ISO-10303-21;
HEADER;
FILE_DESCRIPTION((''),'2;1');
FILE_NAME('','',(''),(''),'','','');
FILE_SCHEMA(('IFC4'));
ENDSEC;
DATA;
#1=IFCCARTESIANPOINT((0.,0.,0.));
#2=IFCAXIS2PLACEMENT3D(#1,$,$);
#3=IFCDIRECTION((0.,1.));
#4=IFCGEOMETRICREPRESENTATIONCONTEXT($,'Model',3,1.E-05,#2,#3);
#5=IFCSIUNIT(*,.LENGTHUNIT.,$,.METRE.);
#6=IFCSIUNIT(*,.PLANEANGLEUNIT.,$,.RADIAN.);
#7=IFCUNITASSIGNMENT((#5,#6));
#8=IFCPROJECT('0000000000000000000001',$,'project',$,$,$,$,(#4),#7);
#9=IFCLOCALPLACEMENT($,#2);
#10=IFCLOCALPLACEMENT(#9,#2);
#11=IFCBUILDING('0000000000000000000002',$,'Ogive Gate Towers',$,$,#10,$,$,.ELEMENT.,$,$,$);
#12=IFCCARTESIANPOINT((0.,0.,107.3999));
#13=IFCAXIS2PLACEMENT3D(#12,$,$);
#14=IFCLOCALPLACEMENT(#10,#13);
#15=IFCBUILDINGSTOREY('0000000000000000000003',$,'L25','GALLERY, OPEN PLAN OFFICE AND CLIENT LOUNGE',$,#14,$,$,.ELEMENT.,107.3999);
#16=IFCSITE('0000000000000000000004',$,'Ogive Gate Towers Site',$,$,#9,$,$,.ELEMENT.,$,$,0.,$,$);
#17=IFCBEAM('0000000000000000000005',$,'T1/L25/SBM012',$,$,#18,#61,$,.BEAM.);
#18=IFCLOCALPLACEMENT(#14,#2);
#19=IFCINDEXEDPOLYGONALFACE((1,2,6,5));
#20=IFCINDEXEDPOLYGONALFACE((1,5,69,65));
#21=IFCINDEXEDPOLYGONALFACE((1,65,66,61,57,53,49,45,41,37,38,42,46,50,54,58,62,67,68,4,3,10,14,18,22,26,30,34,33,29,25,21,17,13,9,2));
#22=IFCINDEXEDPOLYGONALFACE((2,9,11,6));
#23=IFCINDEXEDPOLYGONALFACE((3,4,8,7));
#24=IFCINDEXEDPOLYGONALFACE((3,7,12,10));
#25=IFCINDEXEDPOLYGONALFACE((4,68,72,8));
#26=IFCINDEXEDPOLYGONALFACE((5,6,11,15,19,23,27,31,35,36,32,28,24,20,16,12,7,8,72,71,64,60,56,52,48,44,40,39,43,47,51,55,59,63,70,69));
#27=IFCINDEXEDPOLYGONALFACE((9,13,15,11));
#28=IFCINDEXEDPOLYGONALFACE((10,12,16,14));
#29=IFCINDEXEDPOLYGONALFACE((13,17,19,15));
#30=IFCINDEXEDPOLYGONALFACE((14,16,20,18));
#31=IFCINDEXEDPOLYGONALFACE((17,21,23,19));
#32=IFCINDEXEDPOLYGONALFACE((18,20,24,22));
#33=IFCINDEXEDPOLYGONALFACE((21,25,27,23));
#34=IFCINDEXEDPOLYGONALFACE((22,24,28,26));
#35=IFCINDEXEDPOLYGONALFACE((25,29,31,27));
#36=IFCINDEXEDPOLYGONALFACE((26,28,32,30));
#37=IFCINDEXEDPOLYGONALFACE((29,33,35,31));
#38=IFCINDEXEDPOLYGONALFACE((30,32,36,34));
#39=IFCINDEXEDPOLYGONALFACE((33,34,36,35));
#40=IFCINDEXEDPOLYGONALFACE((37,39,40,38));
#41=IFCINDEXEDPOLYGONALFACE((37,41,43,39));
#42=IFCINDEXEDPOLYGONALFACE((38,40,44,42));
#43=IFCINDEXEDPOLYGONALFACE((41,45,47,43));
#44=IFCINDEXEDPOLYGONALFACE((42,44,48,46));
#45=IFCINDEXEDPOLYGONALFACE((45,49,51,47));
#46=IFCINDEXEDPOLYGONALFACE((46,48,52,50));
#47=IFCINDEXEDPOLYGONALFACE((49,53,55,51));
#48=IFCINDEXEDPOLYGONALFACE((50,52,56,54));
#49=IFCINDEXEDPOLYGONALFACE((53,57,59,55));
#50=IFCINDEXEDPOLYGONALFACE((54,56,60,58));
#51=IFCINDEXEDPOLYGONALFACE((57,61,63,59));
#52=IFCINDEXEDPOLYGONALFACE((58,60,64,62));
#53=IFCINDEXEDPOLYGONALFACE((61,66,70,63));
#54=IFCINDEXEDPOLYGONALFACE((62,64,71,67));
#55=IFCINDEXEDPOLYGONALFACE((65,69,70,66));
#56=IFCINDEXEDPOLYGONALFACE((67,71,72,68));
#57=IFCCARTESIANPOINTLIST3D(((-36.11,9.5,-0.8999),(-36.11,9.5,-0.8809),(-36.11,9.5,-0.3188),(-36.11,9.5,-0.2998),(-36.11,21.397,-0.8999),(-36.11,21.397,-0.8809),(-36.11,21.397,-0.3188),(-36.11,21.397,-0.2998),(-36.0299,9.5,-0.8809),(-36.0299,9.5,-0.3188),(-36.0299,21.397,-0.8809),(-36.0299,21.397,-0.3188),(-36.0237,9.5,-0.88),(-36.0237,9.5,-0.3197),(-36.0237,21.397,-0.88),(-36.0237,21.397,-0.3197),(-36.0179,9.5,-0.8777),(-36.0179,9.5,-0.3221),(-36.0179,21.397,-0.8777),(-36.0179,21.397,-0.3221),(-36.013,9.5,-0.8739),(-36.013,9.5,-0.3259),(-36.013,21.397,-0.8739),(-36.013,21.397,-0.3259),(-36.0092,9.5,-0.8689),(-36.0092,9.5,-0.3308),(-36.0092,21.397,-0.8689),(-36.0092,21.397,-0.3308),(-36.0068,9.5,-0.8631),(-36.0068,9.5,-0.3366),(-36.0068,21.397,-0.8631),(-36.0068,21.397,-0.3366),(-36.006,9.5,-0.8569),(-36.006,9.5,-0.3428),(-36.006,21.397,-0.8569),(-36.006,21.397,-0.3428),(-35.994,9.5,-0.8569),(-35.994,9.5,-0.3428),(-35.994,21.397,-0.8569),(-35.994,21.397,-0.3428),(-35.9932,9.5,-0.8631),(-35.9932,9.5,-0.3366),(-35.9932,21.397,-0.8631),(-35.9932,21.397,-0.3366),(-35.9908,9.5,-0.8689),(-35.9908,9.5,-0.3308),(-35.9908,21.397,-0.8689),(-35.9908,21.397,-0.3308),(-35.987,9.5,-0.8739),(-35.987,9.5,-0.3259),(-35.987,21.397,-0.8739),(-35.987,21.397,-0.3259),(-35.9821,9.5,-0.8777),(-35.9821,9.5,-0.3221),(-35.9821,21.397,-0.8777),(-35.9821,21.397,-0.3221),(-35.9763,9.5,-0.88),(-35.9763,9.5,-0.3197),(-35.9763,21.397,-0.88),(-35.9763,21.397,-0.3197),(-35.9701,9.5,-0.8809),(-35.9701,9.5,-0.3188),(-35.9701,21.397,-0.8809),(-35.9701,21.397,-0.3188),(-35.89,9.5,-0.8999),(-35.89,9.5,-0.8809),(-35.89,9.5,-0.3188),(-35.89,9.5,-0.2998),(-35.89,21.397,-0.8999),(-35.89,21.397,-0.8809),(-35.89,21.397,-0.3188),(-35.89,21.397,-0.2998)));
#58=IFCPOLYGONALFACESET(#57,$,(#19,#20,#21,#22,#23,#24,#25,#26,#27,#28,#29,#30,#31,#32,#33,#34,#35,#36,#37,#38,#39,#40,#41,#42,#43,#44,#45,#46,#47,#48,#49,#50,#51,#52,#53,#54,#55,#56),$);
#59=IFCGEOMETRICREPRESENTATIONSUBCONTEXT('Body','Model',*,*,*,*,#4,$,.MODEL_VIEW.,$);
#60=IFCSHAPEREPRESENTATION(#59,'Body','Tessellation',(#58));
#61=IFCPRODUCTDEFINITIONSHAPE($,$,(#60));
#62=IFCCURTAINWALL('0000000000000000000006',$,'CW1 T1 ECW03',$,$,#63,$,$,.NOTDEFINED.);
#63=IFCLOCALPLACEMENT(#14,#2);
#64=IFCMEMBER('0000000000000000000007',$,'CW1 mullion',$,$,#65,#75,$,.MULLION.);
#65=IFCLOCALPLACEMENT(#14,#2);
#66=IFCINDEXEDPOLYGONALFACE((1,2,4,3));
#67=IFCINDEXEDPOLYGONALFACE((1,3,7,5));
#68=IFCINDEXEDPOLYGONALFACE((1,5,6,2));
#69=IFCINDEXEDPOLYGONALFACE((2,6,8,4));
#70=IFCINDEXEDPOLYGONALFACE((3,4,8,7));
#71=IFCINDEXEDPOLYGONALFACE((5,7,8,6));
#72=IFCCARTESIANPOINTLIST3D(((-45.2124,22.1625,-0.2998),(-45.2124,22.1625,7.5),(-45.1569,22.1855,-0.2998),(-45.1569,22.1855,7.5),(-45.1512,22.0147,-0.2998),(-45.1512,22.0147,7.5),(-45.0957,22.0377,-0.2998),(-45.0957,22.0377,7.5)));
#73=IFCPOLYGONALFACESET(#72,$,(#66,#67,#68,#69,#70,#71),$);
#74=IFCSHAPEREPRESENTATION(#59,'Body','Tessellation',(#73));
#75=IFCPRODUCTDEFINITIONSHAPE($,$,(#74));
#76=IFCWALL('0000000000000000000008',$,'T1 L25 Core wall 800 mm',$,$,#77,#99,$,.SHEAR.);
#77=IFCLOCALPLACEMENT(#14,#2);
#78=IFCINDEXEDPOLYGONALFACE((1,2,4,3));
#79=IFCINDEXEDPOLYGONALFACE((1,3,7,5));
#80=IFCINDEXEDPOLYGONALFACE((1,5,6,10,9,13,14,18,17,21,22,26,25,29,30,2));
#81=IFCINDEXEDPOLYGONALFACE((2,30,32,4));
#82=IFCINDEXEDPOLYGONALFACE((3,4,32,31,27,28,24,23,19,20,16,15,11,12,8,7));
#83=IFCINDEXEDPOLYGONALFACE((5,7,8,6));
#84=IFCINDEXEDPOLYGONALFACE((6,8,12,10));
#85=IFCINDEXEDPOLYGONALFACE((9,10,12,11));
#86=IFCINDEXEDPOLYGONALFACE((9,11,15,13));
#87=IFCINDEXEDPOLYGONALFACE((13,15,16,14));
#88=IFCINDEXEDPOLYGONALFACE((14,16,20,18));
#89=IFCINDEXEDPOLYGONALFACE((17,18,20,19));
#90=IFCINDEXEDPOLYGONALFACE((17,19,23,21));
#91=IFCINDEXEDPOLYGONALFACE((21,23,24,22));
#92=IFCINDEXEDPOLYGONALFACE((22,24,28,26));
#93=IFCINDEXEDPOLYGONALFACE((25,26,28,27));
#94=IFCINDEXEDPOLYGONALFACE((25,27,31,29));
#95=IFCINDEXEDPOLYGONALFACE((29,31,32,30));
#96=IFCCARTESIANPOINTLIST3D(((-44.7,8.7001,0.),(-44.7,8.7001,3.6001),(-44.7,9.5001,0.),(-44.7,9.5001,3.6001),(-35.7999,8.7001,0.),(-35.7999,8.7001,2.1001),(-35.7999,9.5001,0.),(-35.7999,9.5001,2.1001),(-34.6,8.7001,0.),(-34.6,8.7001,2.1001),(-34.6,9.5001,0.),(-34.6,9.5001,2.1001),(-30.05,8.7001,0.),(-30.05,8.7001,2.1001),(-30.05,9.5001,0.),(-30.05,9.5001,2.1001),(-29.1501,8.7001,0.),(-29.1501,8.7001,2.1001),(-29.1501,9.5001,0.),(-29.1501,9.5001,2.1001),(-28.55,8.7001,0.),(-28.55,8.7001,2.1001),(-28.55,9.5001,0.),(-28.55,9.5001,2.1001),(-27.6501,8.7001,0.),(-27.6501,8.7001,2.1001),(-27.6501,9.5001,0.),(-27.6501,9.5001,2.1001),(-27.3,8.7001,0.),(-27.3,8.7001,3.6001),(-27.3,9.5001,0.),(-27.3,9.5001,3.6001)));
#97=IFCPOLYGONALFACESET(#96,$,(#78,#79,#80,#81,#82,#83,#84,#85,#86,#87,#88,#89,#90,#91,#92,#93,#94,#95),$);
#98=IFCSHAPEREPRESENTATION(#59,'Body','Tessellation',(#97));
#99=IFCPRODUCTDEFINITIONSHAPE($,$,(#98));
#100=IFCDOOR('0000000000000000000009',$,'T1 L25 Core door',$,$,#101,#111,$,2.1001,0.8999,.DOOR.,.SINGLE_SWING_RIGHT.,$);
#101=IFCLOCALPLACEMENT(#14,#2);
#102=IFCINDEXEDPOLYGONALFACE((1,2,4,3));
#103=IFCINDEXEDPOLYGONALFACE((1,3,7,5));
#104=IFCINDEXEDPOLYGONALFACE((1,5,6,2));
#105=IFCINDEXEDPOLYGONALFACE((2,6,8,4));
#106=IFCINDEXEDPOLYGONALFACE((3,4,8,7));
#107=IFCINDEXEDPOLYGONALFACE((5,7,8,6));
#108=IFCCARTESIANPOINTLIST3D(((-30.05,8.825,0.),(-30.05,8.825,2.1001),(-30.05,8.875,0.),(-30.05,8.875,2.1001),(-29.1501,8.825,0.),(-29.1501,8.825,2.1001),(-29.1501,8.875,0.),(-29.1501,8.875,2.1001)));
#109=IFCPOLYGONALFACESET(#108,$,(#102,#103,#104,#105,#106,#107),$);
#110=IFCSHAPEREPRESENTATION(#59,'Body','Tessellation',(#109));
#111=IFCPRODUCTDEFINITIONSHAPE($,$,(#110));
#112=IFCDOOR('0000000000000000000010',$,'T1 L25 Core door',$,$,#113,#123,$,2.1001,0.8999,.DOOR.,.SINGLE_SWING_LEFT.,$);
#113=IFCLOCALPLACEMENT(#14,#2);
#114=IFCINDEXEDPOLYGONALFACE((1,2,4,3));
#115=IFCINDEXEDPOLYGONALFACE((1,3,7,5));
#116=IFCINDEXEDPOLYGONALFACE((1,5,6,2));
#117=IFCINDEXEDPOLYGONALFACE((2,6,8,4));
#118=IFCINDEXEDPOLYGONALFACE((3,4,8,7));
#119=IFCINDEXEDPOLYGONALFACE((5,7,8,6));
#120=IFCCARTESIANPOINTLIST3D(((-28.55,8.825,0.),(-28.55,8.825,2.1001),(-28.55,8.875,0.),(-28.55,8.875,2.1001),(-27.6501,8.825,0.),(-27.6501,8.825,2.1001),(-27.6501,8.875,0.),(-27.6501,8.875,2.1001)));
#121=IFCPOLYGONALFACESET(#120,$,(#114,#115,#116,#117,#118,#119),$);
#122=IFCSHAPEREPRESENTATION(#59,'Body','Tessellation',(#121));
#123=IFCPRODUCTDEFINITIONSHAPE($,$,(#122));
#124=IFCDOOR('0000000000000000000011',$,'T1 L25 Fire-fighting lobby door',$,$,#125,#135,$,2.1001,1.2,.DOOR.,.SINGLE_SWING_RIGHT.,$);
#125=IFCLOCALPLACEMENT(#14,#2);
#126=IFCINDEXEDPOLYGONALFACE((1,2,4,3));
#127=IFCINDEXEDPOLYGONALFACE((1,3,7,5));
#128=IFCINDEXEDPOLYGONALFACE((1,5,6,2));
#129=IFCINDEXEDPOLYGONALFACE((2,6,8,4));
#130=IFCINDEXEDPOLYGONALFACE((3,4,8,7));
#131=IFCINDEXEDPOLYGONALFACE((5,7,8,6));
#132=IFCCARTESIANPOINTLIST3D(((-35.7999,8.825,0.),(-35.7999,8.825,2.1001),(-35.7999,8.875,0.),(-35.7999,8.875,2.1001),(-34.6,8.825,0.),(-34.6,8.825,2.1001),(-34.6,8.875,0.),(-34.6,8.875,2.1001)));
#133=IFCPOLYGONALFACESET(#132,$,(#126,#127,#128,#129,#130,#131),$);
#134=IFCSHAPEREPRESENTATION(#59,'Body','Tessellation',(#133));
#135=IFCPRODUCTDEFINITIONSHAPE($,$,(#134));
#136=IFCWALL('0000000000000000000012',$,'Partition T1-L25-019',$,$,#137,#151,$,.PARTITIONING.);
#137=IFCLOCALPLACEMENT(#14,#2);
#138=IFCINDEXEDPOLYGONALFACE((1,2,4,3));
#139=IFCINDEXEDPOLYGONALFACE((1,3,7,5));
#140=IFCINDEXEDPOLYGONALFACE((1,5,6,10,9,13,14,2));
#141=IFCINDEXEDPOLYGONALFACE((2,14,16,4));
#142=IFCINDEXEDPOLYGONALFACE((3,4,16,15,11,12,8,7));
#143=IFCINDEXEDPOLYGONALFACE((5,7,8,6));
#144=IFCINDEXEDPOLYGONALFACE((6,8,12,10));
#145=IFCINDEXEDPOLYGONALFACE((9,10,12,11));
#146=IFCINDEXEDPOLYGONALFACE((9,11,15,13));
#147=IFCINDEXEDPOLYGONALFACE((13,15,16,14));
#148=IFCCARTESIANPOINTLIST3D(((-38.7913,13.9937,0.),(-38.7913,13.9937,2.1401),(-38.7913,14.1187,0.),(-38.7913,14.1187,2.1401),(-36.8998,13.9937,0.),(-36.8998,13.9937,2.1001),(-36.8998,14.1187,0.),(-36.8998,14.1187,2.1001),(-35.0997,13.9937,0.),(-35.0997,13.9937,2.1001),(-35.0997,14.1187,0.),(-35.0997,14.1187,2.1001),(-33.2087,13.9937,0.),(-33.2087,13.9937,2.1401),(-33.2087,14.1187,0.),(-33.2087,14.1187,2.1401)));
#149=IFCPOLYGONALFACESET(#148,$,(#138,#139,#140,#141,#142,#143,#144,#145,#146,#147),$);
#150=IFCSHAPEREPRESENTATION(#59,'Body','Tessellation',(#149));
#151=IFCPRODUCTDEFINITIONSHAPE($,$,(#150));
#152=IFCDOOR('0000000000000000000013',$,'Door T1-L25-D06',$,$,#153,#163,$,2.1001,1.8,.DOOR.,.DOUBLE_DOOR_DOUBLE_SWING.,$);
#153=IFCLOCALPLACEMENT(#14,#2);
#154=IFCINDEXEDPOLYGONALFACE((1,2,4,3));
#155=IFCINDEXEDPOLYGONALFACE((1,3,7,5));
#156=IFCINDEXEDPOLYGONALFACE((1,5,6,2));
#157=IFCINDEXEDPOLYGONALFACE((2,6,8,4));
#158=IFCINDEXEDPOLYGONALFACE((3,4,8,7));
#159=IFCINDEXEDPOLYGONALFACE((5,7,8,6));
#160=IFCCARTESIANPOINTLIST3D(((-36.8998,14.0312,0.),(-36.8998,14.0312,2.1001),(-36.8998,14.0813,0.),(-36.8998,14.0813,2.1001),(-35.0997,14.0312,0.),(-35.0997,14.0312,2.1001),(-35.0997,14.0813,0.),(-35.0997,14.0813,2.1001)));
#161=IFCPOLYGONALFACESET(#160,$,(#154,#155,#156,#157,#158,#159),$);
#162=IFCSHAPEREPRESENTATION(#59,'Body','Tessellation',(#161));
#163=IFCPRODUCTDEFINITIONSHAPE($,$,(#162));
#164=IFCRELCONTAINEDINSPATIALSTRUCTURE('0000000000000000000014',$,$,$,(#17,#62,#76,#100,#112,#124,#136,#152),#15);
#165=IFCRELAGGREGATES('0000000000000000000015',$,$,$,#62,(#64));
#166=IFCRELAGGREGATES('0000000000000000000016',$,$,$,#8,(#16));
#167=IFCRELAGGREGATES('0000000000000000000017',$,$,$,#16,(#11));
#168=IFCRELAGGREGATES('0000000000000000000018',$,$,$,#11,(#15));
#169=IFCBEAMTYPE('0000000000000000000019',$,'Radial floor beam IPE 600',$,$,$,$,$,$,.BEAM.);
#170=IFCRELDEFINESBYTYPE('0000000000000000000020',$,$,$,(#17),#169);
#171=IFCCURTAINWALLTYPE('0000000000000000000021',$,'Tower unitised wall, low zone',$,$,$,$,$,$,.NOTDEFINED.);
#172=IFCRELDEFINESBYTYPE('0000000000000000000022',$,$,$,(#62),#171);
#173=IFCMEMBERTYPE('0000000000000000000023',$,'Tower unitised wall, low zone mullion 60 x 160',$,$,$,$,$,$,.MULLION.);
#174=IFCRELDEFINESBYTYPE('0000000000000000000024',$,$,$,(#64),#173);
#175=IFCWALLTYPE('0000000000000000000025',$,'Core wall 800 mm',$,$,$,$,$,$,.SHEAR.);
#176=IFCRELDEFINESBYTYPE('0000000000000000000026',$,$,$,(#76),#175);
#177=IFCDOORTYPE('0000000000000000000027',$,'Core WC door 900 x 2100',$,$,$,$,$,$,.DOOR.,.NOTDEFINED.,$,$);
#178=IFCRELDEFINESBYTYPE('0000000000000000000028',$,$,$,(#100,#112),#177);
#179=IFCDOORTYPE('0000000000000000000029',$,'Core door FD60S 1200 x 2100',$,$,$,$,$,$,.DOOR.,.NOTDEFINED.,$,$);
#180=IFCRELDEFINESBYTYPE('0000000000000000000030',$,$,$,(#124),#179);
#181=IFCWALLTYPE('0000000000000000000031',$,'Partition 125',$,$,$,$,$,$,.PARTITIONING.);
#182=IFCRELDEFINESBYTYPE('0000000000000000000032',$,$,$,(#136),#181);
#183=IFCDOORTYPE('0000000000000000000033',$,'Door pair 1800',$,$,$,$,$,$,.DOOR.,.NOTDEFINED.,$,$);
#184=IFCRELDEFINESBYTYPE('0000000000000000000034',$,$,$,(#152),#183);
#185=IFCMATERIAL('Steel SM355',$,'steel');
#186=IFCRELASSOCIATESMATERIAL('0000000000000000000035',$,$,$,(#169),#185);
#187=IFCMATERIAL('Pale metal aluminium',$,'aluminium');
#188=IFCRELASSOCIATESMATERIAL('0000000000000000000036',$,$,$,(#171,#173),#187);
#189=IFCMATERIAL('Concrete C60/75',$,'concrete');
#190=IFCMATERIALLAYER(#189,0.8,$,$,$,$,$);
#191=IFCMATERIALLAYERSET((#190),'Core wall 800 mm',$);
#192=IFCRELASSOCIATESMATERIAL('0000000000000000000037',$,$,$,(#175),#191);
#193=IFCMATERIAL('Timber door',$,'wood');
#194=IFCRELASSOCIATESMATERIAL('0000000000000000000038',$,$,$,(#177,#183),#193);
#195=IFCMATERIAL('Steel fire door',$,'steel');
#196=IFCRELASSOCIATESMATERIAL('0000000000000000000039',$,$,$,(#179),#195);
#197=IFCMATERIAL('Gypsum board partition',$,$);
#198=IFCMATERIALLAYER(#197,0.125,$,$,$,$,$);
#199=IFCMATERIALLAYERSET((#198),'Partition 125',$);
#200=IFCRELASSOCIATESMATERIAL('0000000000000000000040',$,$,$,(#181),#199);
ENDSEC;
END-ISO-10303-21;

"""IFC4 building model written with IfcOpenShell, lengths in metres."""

from ifc_helpers import new_model, si_unit, direction, frame, frame_2d, origin, origin_2d, place, context, subcontext, project, spatial, rectangle, i_section, extrude, material, layer, layer_set, material_profile, profile_set, type_object, element, fill, aggregate, save


model = new_model("IFC4")

# Units and contexts
model_context = context("Model", 3, precision=1e-05, world=origin(), true_north=direction((0.0, 1.0)))
body_context = subcontext(model_context, "Body", "Model", "MODEL_VIEW")
ifc_project = project(units=[si_unit("LENGTHUNIT", "METRE"), si_unit("PLANEANGLEUNIT", "RADIAN")], contexts=[model_context])

# Site, building, storey
site_placement = place(None, origin())
site = spatial("IfcSite", under=ifc_project, at=site_placement, Name="Ogive Gate Towers Site", CompositionType="ELEMENT", RefElevation=0.0)
building_placement = place(site_placement, origin())
building = spatial("IfcBuilding", under=site, at=building_placement, Name="Ogive Gate Towers", CompositionType="ELEMENT")
storey_placement = place(building_placement, frame((0.0, 0.0, 107.3999)))
storey = spatial("IfcBuildingStorey", under=building, at=storey_placement, Name="L25", Description="GALLERY, OPEN PLAN OFFICE AND CLIENT LOUNGE", CompositionType="ELEMENT", Elevation=107.3999)

# Beam
ifc_material_1 = material(Name="Steel SM355", Category="steel")
ifc_material_profile_1 = material_profile(ifc_material_1, i_section(OverallWidth=0.22, OverallDepth=0.6001, WebThickness=0.012, FlangeThickness=0.019, FilletRadius=0.0239, at=origin_2d()), Name="IPE 600")
ifc_profile_set_1 = profile_set([ifc_material_profile_1], Name="Steel SM355")
beam_type_1 = type_object("IfcBeamType", Name="Radial floor beam IPE 600", PredefinedType="BEAM", material=ifc_profile_set_1)
beam_1_placement = place(storey_placement, frame((-36.0, 9.5, -0.5999), z_axis=(0.0, 1.0, 0.0), x_axis=(-1.0, 0.0, 0.0)))
element("IfcBeam", 1, at=beam_1_placement, inside=storey, type_object=beam_type_1, Name="T1/L25/SBM012", PredefinedType="BEAM", context=body_context, shape_type="SweptSolid", body=[
    extrude(i_section(OverallWidth=0.22, OverallDepth=0.6001, WebThickness=0.012, FlangeThickness=0.019, FilletRadius=0.0239, at=origin_2d()), origin(), (0.0, 0.0, 1.0), 11.897),
])

# Curtain wall, member
ifc_material_2 = material(Name="Pale metal aluminium", Category="aluminium")
curtain_wall_type = type_object("IfcCurtainWallType", Name="Tower unitised wall, low zone", PredefinedType="NOTDEFINED", material=ifc_material_2)
curtain_wall_placement = place(storey_placement, origin())
curtain_wall = element("IfcCurtainWall", 2, at=curtain_wall_placement, inside=storey, type_object=curtain_wall_type, Name="CW1 T1 ECW03", PredefinedType="NOTDEFINED")
ifc_material_profile_2 = material_profile(ifc_material_2, rectangle(XDim=0.1599, YDim=0.0601, at=origin_2d()), Name="60 x 160 aluminium box")
ifc_profile_set_2 = profile_set([ifc_material_profile_2], Name="Pale metal aluminium")
member_type = type_object("IfcMemberType", Name="Tower unitised wall, low zone mullion 60 x 160", PredefinedType="MULLION", material=ifc_profile_set_2)
member_placement = place(storey_placement, frame((-45.1541, 22.1001, -0.2998), z_axis=(0.0, 0.0, 1.0), x_axis=(-0.382683, 0.92388, 0.0)))
member = element("IfcMember", 3, at=member_placement, type_object=member_type, Name="CW1 mullion", PredefinedType="MULLION", context=body_context, shape_type="SweptSolid", body=[
    extrude(rectangle(XDim=0.1599, YDim=0.0601, at=origin_2d()), origin(), (0.0, 0.0, 1.0), 7.7998),
])
aggregate(curtain_wall, [member])

# Wall, openings, doors
ifc_material_3 = material(Name="Concrete C60/75", Category="concrete")
ifc_layer_1 = layer(ifc_material_3, 0.8)
ifc_layer_set_1 = layer_set([ifc_layer_1], Name="Core wall 800 mm")
wall_type_1 = type_object("IfcWallType", Name="Core wall 800 mm", PredefinedType="SHEAR", material=ifc_layer_set_1)
wall_1_placement = place(storey_placement, frame((-44.7, 9.1001, 0.0), z_axis=(0.0, 0.0, 1.0), x_axis=(1.0, 0.0, 0.0)))
wall_1 = element("IfcWall", 4, at=wall_1_placement, inside=storey, type_object=wall_type_1, Name="T1 L25 Core wall 800 mm", PredefinedType="SHEAR", context=body_context, shape_type="SweptSolid", body=[
    extrude(rectangle(XDim=17.3999, YDim=0.8, at=frame_2d((8.7, 0.0))), origin(), (0.0, 0.0, 1.0), 3.6001),
])
opening_1_placement = place(wall_1_placement, frame((8.8999, 0.0, 0.0)))
opening_1 = element("IfcOpeningElement", 5, at=opening_1_placement, cuts=wall_1, PredefinedType="OPENING", context=body_context, shape_type="SweptSolid", body=[
    extrude(rectangle(XDim=1.2, YDim=2.1001, at=frame_2d((0.6001, 1.05))), frame((0.0, 0.4102, 0.0), z_axis=(0.0, -1.0, 0.0), x_axis=(1.0, 0.0, 0.0)), (0.0, 0.0, 1.0), 0.8201),
])
opening_2_placement = place(wall_1_placement, frame((14.6499, 0.0, 0.0)))
opening_2 = element("IfcOpeningElement", 6, at=opening_2_placement, cuts=wall_1, PredefinedType="OPENING", context=body_context, shape_type="SweptSolid", body=[
    extrude(rectangle(XDim=0.8999, YDim=2.1001, at=frame_2d((0.45, 1.05))), frame((0.0, 0.4102, 0.0), z_axis=(0.0, -1.0, 0.0), x_axis=(1.0, 0.0, 0.0)), (0.0, 0.0, 1.0), 0.8201),
])
opening_3_placement = place(wall_1_placement, frame((16.1499, 0.0, 0.0)))
opening_3 = element("IfcOpeningElement", 7, at=opening_3_placement, cuts=wall_1, PredefinedType="OPENING", context=body_context, shape_type="SweptSolid", body=[
    extrude(rectangle(XDim=0.8999, YDim=2.1001, at=frame_2d((0.45, 1.05))), frame((0.0, 0.4102, 0.0), z_axis=(0.0, -1.0, 0.0), x_axis=(1.0, 0.0, 0.0)), (0.0, 0.0, 1.0), 0.8201),
])
ifc_material_4 = material(Name="Timber door", Category="wood")
door_type_1 = type_object("IfcDoorType", Name="Core WC door 900 x 2100", OperationType="NOTDEFINED", PredefinedType="DOOR", material=ifc_material_4)
door_1_placement = place(opening_2_placement, origin())
door_1 = element("IfcDoor", 8, at=door_1_placement, inside=storey, type_object=door_type_1, Name="T1 L25 Core door", OperationType="SINGLE_SWING_RIGHT", OverallHeight=2.1001, OverallWidth=0.8999, PredefinedType="DOOR", context=body_context, shape_type="SweptSolid", body=[
    extrude(rectangle(XDim=0.8999, YDim=2.1001, at=frame_2d((0.45, 1.05))), frame((0.0, -0.2251, 0.0), z_axis=(0.0, -1.0, 0.0), x_axis=(1.0, 0.0, 0.0)), (0.0, 0.0, 1.0), 0.05),
])
fill(opening_2, door_1)
door_2_placement = place(opening_3_placement, origin())
door_2 = element("IfcDoor", 9, at=door_2_placement, inside=storey, type_object=door_type_1, Name="T1 L25 Core door", OperationType="SINGLE_SWING_LEFT", OverallHeight=2.1001, OverallWidth=0.8999, PredefinedType="DOOR", context=body_context, shape_type="SweptSolid", body=[
    extrude(rectangle(XDim=0.8999, YDim=2.1001, at=frame_2d((0.45, 1.05))), frame((0.0, -0.2251, 0.0), z_axis=(0.0, -1.0, 0.0), x_axis=(1.0, 0.0, 0.0)), (0.0, 0.0, 1.0), 0.05),
])
fill(opening_3, door_2)
ifc_material_5 = material(Name="Steel fire door", Category="steel")
door_type_2 = type_object("IfcDoorType", Name="Core door FD60S 1200 x 2100", OperationType="NOTDEFINED", PredefinedType="DOOR", material=ifc_material_5)
door_3_placement = place(opening_1_placement, origin())
door_3 = element("IfcDoor", 10, at=door_3_placement, inside=storey, type_object=door_type_2, Name="T1 L25 Fire-fighting lobby door", OperationType="SINGLE_SWING_RIGHT", OverallHeight=2.1001, OverallWidth=1.2, PredefinedType="DOOR", context=body_context, shape_type="SweptSolid", body=[
    extrude(rectangle(XDim=1.2, YDim=2.1001, at=frame_2d((0.6001, 1.05))), frame((0.0, -0.2251, 0.0), z_axis=(0.0, -1.0, 0.0), x_axis=(1.0, 0.0, 0.0)), (0.0, 0.0, 1.0), 0.05),
])
fill(opening_1, door_3)

# Wall, opening, door
ifc_material_6 = material(Name="Gypsum board partition")
ifc_layer_2 = layer(ifc_material_6, 0.125)
ifc_layer_set_2 = layer_set([ifc_layer_2], Name="Partition 125")
wall_type_2 = type_object("IfcWallType", Name="Partition 125", PredefinedType="PARTITIONING", material=ifc_layer_set_2)
wall_2_placement = place(storey_placement, frame((-33.2087, 14.0562, 0.0), z_axis=(0.0, 0.0, 1.0), x_axis=(-1.0, 0.0, 0.0)))
wall_2 = element("IfcWall", 11, at=wall_2_placement, inside=storey, type_object=wall_type_2, Name="Partition T1-L25-019", PredefinedType="PARTITIONING", context=body_context, shape_type="SweptSolid", body=[
    extrude(rectangle(XDim=5.5825, YDim=0.125, at=frame_2d((2.7913, 0.0))), origin(), (0.0, 0.0, 1.0), 2.1401),
])
opening_4_placement = place(wall_2_placement, frame((1.8911, 0.0, 0.0)))
opening_4 = element("IfcOpeningElement", 12, at=opening_4_placement, cuts=wall_2, PredefinedType="OPENING", context=body_context, shape_type="SweptSolid", body=[
    extrude(rectangle(XDim=1.8, YDim=2.1001, at=frame_2d((0.8999, 1.05))), frame((0.0, 0.0725, 0.0), z_axis=(0.0, -1.0, 0.0), x_axis=(1.0, 0.0, 0.0)), (0.0, 0.0, 1.0), 0.145),
])
door_type_3 = type_object("IfcDoorType", Name="Door pair 1800", OperationType="NOTDEFINED", PredefinedType="DOOR", material=ifc_material_4)
door_4_placement = place(opening_4_placement, origin())
door_4 = element("IfcDoor", 13, at=door_4_placement, inside=storey, type_object=door_type_3, Name="Door T1-L25-D06", OperationType="DOUBLE_DOOR_DOUBLE_SWING", OverallHeight=2.1001, OverallWidth=1.8, PredefinedType="DOOR", context=body_context, shape_type="SweptSolid", body=[
    extrude(rectangle(XDim=1.8, YDim=2.1001, at=frame_2d((0.8999, 1.05))), frame((0.0, 0.0249, 0.0), z_axis=(0.0, -1.0, 0.0), x_axis=(1.0, 0.0, 0.0)), (0.0, 0.0, 1.0), 0.05),
])
fill(opening_4, door_4)

save(model, "model.ifc")
